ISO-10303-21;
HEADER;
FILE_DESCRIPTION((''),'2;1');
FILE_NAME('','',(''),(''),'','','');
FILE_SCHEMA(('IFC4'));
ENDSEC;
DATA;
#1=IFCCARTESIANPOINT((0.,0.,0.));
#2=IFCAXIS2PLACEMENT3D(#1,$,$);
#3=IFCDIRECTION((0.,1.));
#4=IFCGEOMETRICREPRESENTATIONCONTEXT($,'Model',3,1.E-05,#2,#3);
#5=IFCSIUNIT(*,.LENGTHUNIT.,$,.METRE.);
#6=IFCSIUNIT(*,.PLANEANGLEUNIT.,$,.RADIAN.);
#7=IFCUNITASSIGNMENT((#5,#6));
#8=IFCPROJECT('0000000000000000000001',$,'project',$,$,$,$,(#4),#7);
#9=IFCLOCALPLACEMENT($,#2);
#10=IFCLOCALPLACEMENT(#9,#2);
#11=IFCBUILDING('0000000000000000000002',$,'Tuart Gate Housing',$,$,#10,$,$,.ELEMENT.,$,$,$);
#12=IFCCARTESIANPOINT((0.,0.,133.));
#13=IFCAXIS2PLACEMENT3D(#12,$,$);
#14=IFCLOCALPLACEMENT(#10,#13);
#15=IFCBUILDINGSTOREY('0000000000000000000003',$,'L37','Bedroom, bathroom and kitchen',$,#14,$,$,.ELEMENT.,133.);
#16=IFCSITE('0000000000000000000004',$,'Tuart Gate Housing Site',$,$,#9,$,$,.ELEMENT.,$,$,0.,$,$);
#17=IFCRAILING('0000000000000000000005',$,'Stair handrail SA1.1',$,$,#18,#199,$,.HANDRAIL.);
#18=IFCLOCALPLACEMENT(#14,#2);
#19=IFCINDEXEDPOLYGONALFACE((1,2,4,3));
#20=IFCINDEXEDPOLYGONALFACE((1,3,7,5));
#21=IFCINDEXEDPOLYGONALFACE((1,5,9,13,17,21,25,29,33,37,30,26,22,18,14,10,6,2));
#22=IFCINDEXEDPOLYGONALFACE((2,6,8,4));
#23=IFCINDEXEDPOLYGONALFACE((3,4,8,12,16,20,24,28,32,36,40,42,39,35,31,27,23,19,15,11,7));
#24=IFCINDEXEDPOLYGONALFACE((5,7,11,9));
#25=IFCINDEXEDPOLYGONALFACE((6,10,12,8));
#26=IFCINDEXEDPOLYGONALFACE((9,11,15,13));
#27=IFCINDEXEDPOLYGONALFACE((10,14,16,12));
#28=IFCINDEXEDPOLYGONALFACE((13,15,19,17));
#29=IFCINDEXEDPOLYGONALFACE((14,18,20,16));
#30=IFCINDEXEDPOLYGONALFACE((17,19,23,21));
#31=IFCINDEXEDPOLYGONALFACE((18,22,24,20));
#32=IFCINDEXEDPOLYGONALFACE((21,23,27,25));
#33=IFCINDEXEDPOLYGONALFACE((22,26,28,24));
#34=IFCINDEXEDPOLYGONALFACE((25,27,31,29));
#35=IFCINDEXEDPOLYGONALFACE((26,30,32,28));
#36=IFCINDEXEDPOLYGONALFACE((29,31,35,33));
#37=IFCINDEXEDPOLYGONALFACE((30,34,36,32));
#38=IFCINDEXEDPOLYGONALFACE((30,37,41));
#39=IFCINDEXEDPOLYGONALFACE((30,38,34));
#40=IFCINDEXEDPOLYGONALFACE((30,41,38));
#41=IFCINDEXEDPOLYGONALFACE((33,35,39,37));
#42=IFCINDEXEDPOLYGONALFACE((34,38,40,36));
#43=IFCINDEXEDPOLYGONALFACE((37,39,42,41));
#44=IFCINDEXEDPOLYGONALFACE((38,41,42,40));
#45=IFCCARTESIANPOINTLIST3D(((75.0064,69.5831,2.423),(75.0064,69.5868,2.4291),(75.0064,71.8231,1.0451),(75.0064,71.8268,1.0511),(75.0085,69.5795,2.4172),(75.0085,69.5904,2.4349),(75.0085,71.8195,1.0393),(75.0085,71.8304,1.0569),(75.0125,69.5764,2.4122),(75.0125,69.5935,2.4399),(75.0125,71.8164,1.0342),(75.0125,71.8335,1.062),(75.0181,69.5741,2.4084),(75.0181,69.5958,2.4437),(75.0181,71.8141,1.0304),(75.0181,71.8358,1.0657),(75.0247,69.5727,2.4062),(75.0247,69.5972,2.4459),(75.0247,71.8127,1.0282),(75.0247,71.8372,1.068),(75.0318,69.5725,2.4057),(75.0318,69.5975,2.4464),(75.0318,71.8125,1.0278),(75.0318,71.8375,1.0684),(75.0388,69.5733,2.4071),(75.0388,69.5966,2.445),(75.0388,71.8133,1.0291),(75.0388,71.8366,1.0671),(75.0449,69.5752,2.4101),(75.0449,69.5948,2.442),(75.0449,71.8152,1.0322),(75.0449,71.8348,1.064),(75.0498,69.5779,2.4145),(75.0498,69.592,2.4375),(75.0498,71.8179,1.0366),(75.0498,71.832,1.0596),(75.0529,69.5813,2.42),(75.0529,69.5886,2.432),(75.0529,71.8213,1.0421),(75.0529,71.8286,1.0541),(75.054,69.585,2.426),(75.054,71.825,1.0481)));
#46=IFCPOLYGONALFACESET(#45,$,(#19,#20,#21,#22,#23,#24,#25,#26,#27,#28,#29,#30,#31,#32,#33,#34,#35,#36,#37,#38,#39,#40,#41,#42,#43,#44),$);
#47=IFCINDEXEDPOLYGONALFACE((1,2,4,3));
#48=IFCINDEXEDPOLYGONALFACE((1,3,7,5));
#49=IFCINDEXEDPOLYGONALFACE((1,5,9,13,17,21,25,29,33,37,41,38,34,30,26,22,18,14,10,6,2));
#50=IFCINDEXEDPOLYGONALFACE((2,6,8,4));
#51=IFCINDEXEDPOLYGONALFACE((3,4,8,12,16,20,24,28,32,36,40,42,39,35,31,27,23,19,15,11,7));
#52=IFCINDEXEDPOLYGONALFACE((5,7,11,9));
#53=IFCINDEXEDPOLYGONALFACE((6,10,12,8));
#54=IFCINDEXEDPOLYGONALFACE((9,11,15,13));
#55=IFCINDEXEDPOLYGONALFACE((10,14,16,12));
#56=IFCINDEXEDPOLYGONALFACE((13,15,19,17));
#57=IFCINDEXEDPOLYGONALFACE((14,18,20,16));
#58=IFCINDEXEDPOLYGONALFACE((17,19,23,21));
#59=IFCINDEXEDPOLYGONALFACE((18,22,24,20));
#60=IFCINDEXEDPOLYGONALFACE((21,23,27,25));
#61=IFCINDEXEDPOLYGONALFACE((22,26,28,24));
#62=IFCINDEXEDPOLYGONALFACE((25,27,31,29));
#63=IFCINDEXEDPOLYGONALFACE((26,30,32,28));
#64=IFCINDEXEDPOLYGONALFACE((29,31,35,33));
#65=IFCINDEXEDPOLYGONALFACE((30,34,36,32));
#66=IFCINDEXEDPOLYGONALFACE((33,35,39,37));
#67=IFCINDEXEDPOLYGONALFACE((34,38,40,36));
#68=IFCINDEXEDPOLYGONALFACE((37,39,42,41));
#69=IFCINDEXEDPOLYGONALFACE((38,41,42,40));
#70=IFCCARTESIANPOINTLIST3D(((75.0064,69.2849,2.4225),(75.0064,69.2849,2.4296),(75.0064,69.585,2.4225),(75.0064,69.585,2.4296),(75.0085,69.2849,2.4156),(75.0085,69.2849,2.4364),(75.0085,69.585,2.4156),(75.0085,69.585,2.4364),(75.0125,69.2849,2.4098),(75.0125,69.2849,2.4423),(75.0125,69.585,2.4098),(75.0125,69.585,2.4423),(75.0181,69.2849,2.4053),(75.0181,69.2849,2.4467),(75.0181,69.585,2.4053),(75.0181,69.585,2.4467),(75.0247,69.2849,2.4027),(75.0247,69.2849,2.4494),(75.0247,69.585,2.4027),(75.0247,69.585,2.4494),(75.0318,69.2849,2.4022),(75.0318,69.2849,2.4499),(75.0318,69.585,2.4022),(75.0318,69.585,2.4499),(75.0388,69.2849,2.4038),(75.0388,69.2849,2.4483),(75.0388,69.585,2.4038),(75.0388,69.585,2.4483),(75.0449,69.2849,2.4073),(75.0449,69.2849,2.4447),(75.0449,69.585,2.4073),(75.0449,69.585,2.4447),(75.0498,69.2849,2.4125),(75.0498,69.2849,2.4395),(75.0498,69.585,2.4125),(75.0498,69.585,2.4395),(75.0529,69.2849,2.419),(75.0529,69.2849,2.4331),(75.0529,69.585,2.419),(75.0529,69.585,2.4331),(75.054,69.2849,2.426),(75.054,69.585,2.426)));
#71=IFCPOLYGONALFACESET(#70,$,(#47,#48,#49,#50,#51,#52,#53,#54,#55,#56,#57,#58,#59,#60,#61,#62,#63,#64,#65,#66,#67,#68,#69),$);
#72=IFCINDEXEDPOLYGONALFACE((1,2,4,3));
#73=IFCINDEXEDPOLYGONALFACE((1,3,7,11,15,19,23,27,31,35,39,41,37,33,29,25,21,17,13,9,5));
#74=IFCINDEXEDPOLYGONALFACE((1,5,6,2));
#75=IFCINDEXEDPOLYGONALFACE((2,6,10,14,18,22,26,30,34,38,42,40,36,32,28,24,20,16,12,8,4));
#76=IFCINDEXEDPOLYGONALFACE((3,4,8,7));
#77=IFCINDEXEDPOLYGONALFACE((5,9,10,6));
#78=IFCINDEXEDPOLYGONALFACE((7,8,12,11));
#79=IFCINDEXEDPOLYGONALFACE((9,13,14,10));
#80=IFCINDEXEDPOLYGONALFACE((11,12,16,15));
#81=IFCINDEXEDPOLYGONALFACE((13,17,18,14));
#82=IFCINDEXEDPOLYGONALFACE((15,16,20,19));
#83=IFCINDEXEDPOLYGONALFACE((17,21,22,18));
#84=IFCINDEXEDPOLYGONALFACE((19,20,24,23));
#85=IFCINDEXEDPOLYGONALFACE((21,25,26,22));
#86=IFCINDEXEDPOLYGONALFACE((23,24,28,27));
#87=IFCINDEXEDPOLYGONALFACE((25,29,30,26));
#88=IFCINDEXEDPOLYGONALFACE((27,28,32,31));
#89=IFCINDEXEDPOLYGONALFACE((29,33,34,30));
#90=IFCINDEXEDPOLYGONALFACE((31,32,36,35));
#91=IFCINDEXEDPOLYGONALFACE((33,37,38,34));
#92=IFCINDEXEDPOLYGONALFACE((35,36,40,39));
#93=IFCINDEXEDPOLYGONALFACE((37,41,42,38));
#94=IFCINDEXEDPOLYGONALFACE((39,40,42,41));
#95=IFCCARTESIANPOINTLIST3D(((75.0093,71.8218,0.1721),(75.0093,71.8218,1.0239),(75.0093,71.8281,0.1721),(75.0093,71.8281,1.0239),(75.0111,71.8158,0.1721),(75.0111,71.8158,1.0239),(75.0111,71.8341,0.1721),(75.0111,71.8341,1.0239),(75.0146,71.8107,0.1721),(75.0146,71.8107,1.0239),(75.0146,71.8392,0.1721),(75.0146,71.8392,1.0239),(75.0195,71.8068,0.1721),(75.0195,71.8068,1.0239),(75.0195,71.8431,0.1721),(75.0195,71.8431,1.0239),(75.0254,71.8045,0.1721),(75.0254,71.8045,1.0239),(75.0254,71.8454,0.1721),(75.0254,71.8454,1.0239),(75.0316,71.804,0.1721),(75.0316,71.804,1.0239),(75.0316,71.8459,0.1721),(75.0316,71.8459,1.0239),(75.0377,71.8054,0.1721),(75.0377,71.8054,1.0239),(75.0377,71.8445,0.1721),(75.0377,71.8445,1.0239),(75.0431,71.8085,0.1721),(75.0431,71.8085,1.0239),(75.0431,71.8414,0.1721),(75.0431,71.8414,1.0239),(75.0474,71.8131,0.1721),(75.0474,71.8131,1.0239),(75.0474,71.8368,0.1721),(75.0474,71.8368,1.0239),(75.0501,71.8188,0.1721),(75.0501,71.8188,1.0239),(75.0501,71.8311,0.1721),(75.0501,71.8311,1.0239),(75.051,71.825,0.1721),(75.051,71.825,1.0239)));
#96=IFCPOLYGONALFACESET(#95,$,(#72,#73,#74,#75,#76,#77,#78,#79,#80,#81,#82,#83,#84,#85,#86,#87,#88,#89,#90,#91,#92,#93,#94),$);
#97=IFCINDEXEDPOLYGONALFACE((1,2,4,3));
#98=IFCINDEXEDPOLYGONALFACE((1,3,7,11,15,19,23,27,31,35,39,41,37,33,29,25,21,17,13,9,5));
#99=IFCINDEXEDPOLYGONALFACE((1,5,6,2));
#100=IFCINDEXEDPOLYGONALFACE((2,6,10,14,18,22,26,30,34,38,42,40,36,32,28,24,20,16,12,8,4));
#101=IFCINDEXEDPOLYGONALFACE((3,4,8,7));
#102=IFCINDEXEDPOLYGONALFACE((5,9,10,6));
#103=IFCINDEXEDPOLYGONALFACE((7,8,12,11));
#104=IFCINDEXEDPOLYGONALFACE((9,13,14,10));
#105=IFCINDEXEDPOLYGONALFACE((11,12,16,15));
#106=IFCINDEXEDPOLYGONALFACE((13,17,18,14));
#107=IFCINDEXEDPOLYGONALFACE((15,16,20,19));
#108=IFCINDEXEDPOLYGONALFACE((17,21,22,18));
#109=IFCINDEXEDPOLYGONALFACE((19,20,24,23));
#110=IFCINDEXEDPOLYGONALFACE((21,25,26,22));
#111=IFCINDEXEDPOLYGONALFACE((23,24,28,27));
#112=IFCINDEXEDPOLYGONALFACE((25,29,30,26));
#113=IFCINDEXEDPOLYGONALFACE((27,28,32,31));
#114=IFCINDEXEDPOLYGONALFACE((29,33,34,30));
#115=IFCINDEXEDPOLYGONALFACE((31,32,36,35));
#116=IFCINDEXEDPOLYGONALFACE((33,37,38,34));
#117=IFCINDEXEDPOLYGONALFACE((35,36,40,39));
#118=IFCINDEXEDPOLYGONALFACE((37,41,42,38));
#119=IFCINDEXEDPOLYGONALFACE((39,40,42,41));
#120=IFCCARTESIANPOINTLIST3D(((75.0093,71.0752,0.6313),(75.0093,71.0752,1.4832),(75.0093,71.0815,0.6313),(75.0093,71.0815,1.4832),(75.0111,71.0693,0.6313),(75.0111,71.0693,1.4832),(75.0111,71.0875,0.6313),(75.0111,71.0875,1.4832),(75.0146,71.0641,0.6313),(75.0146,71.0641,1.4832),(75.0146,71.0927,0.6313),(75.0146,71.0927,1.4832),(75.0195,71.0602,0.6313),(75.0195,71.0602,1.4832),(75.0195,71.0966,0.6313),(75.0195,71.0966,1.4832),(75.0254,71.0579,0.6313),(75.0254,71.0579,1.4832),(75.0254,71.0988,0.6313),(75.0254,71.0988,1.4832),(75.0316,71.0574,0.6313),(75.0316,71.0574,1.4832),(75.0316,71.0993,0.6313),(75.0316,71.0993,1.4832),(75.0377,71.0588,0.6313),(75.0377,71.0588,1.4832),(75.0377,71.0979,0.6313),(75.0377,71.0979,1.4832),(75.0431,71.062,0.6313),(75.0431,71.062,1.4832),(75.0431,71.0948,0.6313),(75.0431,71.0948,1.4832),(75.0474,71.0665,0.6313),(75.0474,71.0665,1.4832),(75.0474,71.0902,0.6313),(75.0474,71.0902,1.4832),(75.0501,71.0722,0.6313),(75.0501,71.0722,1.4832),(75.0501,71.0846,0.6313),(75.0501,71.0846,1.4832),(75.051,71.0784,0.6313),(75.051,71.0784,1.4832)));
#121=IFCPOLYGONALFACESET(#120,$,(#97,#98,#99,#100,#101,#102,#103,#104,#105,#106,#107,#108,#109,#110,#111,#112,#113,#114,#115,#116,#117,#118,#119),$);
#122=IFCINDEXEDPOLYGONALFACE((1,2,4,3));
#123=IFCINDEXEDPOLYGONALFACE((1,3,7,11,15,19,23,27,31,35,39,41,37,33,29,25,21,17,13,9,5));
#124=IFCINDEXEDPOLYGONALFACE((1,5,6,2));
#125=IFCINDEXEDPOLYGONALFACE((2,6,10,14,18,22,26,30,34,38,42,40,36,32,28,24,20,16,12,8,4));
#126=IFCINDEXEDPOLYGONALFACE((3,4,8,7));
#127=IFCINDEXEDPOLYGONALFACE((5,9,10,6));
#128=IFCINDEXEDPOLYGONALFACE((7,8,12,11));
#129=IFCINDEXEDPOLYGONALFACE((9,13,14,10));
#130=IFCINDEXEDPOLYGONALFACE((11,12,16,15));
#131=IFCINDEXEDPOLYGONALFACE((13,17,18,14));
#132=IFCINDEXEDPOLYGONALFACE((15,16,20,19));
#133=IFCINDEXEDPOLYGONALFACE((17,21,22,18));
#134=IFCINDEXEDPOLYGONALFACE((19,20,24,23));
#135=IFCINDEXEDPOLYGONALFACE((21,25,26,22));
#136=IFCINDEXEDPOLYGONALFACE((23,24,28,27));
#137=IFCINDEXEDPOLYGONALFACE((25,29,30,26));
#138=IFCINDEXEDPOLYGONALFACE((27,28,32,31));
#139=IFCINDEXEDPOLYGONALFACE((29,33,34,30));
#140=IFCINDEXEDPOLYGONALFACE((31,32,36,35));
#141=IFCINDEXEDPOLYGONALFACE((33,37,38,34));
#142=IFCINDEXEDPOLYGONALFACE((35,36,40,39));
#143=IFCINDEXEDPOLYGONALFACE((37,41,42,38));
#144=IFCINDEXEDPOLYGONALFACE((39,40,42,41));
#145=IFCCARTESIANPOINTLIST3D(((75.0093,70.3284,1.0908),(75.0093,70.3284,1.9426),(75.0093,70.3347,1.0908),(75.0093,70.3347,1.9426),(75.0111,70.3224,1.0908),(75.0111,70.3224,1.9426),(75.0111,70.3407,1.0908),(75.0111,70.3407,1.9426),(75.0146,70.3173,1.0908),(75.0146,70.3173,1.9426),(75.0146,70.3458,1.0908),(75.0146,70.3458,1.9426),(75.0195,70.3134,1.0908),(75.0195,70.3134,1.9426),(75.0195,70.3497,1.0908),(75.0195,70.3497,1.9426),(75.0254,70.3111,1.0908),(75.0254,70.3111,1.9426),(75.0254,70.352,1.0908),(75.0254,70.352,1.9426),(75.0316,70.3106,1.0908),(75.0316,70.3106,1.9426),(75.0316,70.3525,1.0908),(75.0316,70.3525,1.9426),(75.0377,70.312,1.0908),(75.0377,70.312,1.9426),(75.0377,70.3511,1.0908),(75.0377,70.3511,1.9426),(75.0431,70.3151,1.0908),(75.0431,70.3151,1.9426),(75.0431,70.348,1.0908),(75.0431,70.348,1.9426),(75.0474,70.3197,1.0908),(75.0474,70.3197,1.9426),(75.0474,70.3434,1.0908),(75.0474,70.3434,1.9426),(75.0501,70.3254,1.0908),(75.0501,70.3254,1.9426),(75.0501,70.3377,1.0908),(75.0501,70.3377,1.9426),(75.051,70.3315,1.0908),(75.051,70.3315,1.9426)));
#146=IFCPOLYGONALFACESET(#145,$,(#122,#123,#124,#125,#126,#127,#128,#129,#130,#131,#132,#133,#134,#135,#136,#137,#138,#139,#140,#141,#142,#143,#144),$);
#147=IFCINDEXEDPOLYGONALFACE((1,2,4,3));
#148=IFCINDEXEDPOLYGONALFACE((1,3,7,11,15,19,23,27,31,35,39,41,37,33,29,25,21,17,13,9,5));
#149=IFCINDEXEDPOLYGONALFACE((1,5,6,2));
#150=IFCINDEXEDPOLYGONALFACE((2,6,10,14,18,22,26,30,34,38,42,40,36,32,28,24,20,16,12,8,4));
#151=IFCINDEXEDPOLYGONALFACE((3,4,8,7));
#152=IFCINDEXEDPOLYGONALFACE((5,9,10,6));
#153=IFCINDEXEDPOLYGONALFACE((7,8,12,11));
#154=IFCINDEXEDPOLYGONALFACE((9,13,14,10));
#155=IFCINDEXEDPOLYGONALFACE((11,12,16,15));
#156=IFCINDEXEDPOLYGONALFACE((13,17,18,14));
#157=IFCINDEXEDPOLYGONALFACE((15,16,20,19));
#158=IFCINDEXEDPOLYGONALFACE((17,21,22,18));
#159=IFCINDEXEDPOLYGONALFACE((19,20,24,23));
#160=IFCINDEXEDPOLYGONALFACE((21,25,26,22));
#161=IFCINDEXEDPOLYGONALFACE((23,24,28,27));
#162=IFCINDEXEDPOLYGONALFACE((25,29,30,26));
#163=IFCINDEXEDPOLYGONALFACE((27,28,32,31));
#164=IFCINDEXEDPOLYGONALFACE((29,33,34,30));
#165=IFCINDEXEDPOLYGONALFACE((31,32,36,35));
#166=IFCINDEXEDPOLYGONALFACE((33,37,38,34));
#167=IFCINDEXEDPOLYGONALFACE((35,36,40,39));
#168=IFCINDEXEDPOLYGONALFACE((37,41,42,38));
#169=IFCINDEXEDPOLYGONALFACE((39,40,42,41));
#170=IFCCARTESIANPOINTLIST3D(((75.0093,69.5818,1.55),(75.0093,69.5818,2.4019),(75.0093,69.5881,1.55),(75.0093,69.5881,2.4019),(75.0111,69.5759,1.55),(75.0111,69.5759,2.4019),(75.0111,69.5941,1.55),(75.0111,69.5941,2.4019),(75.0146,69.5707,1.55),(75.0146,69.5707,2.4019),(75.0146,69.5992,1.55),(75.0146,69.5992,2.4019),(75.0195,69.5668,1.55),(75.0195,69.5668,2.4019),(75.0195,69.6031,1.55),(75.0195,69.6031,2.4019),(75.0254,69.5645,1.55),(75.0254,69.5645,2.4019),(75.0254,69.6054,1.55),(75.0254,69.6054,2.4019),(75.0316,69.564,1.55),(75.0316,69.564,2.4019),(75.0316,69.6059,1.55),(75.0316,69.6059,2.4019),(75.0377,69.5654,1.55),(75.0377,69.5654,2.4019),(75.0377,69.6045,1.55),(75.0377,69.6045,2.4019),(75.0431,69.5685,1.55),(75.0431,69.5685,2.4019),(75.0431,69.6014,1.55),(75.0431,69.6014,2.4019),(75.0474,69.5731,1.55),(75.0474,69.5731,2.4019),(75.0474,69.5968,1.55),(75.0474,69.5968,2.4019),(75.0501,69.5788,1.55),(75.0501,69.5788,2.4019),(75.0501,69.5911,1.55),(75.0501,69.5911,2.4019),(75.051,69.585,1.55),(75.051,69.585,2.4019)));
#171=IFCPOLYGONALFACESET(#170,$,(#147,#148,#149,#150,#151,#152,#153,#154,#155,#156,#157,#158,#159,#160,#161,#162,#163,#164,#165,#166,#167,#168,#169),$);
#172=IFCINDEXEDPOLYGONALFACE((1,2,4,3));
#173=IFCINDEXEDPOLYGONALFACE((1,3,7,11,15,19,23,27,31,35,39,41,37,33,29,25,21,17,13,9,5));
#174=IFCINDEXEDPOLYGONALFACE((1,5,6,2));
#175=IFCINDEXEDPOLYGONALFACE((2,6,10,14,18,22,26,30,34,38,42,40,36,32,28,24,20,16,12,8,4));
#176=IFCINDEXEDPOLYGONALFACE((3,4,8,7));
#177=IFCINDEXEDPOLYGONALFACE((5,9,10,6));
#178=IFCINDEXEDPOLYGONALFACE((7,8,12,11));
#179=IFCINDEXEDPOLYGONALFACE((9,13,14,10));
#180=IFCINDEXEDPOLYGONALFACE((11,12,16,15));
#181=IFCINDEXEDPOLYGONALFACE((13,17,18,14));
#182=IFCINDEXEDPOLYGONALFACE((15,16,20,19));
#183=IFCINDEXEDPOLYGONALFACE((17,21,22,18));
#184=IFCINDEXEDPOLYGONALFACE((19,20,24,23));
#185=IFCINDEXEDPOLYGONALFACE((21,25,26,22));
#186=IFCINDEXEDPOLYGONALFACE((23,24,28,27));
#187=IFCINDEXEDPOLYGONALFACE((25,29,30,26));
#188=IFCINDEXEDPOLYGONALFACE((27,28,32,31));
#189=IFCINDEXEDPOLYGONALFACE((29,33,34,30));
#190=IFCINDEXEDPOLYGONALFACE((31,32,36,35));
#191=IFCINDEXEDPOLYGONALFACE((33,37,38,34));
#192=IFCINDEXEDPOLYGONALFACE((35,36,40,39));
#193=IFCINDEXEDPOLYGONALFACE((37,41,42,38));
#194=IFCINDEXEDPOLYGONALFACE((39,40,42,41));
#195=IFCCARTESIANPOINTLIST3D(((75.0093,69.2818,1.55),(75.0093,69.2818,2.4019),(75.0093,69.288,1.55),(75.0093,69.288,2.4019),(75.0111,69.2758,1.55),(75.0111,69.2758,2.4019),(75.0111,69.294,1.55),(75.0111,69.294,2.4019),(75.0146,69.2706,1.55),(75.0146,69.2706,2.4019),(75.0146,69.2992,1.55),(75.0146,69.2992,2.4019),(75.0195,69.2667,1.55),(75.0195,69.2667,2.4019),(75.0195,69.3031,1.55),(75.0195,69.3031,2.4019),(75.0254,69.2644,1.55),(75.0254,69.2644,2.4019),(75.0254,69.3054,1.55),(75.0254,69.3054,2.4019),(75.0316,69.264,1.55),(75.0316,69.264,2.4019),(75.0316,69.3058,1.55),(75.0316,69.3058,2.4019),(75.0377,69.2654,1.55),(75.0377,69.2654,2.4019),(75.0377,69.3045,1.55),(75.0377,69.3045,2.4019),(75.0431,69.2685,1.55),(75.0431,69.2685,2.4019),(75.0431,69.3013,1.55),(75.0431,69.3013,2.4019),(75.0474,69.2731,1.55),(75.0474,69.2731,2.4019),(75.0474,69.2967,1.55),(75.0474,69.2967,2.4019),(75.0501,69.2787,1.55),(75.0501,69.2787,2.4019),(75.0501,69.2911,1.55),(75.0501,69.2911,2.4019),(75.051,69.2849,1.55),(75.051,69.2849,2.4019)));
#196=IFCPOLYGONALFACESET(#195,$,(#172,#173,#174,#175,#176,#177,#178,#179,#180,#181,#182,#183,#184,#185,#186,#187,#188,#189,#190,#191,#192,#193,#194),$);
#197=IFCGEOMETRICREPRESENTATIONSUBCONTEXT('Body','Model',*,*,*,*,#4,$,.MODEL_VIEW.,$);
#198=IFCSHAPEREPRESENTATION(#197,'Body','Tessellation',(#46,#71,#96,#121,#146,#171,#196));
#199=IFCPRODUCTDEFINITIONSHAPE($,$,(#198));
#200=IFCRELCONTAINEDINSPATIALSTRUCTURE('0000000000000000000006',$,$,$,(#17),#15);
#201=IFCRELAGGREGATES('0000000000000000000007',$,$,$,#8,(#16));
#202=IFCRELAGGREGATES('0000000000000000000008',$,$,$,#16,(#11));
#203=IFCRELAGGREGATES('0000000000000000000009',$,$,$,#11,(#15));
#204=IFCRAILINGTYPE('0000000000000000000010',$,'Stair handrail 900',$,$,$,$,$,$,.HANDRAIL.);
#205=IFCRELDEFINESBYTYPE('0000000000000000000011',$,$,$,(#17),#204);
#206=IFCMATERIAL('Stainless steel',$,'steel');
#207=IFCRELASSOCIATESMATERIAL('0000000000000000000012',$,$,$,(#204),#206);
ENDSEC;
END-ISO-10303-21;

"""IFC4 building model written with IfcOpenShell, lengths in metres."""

from ifc_helpers import new_model, si_unit, direction, frame, origin, origin_2d, place, context, subcontext, project, spatial, circle, extrude, material, type_object, element, save


model = new_model("IFC4")

# Units and contexts
model_context = context("Model", 3, precision=1e-05, world=origin(), true_north=direction((0.0, 1.0)))
body_context = subcontext(model_context, "Body", "Model", "MODEL_VIEW")
ifc_project = project(units=[si_unit("LENGTHUNIT", "METRE"), si_unit("PLANEANGLEUNIT", "RADIAN")], contexts=[model_context])

# Site, building, storey
site_placement = place(None, origin())
site = spatial("IfcSite", under=ifc_project, at=site_placement, Name="Tuart Gate Housing Site", CompositionType="ELEMENT", RefElevation=0.0)
building_placement = place(site_placement, origin())
building = spatial("IfcBuilding", under=site, at=building_placement, Name="Tuart Gate Housing", CompositionType="ELEMENT")
storey_placement = place(building_placement, frame((0.0, 0.0, 133.0)))
storey = spatial("IfcBuildingStorey", under=building, at=storey_placement, Name="L37", Description="Bedroom, bathroom and kitchen", CompositionType="ELEMENT", Elevation=133.0)

# Railing
ifc_material_1 = material(Name="Stainless steel", Category="steel")
railing_type = type_object("IfcRailingType", Name="Stair handrail 900", PredefinedType="HANDRAIL", material=ifc_material_1)
railing_placement = place(storey_placement, frame((75.03, 71.825, 0.1721)))
element("IfcRailing", 1, at=railing_placement, inside=storey, type_object=railing_type, Name="Stair handrail SA1.1", PredefinedType="HANDRAIL", context=body_context, shape_type="SweptSolid", body=[
    extrude(circle(Radius=0.0239, at=origin_2d()), frame((0.0, 0.0, 0.876), z_axis=(0.0, -0.851748, 0.523952), x_axis=(1.0, 0.0, 0.0)), (0.0, 0.0, 1.0), 2.6299),
    extrude(circle(Radius=0.0239, at=origin_2d()), frame((0.0, -2.24, 2.2539), z_axis=(0.0, -1.0, 0.0), x_axis=(1.0, 0.0, 0.0)), (0.0, 0.0, 1.0), 0.3),
    extrude(circle(Radius=0.021, at=origin_2d()), origin(), (0.0, 0.0, 1.0), 0.8518),
    extrude(circle(Radius=0.021, at=origin_2d()), frame((0.0, -0.7466, 0.4592)), (0.0, 0.0, 1.0), 0.8518),
    extrude(circle(Radius=0.021, at=origin_2d()), frame((0.0, -1.4934, 0.9187)), (0.0, 0.0, 1.0), 0.8518),
    extrude(circle(Radius=0.021, at=origin_2d()), frame((0.0, -2.24, 1.3779)), (0.0, 0.0, 1.0), 0.8518),
    extrude(circle(Radius=0.021, at=origin_2d()), frame((0.0, -2.54, 1.3779)), (0.0, 0.0, 1.0), 0.8518),
])

save(model, "model.ifc")
